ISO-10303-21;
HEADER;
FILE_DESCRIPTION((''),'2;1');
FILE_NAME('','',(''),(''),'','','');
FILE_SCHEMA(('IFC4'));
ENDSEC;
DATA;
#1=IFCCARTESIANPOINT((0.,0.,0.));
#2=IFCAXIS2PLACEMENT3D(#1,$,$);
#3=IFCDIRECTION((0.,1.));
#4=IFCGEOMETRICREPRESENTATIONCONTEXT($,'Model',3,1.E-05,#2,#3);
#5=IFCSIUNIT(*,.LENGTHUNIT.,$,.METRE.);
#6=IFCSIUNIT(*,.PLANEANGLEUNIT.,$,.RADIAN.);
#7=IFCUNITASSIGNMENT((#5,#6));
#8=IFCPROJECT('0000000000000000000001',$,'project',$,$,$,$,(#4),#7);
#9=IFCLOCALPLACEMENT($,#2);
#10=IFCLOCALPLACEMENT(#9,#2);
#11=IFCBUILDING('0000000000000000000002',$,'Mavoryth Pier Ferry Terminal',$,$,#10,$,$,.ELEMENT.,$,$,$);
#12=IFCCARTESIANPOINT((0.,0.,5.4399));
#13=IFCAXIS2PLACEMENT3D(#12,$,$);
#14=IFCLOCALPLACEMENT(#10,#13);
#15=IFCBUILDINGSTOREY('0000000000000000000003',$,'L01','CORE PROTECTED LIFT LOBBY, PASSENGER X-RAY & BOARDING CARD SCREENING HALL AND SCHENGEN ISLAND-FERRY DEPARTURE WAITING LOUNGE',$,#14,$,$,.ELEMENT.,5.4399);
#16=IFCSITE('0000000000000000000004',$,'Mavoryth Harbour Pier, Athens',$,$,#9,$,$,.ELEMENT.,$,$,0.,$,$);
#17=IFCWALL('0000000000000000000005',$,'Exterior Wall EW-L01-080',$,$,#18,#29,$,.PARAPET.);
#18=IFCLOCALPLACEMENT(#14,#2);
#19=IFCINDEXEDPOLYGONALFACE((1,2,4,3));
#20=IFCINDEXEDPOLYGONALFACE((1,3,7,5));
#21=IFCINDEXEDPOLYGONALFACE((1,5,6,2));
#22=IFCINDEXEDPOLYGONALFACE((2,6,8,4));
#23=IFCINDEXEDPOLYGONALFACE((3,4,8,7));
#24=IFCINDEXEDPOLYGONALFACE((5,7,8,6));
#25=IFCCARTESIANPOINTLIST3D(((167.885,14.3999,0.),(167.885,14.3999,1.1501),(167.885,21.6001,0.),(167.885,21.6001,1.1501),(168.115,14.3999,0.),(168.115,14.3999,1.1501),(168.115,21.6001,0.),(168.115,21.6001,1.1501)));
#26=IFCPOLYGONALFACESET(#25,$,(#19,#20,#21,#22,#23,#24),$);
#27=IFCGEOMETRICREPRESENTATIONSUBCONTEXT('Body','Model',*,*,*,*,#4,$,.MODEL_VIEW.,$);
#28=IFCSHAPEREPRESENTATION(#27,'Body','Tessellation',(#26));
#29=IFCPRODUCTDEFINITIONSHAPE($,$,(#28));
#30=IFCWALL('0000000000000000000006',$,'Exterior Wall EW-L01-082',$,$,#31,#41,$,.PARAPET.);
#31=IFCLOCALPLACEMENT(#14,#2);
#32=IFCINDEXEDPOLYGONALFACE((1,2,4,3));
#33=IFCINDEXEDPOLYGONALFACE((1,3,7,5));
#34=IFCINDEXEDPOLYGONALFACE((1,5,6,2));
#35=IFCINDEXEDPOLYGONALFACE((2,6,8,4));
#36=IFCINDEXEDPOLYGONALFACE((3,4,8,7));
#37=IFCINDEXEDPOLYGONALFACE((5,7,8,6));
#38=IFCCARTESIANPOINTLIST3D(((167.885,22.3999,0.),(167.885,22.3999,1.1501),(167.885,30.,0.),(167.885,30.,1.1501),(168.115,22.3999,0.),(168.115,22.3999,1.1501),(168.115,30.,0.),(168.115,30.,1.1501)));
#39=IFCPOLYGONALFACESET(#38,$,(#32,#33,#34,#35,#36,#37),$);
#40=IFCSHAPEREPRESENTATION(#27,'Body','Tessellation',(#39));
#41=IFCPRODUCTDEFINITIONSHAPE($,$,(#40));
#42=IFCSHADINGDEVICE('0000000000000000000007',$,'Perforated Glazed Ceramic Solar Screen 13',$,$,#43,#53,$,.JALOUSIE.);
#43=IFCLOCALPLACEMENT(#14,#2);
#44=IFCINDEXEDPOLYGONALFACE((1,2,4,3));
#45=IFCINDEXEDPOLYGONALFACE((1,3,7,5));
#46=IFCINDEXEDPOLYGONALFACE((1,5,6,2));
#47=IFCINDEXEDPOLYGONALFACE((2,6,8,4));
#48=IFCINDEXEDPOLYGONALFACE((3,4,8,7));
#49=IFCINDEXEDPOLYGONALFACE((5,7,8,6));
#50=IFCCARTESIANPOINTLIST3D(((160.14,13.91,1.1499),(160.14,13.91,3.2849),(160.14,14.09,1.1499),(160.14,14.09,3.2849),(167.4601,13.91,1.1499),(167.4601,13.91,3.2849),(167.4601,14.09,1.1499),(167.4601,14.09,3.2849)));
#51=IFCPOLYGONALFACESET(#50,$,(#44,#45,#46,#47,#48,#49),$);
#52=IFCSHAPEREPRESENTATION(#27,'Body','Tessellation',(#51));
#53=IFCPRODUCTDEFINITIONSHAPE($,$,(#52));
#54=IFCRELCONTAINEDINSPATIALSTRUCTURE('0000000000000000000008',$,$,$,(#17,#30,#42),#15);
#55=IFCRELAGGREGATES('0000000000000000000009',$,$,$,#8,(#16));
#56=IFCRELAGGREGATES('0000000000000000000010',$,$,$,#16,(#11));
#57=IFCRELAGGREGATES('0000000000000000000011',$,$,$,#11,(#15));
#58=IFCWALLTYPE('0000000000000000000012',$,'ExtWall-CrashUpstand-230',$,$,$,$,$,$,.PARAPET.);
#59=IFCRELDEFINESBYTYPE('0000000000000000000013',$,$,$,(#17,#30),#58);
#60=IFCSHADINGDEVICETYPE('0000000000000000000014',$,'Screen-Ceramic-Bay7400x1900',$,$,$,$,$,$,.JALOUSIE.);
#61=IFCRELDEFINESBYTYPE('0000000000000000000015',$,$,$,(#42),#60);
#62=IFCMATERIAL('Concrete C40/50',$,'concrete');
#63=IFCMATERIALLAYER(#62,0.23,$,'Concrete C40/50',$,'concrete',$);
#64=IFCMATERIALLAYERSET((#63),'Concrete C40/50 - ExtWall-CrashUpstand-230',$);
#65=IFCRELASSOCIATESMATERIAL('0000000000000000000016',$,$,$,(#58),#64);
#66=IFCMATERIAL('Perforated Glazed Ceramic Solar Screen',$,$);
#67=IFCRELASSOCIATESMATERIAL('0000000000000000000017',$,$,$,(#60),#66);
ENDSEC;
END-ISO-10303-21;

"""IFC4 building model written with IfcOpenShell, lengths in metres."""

from ifc_helpers import new_model, si_unit, direction, frame, frame_2d, origin, origin_2d, place, context, subcontext, project, spatial, rectangle, extrude, material, layer, layer_set, type_object, element, save


model = new_model("IFC4")

# Units and contexts
model_context = context("Model", 3, precision=1e-05, world=origin(), true_north=direction((0.0, 1.0)))
body_context = subcontext(model_context, "Body", "Model", "MODEL_VIEW")
ifc_project = project(units=[si_unit("LENGTHUNIT", "METRE"), si_unit("PLANEANGLEUNIT", "RADIAN")], contexts=[model_context])

# Site, building, storey
site_placement = place(None, origin())
site = spatial("IfcSite", under=ifc_project, at=site_placement, Name="Mavoryth Harbour Pier, Athens", CompositionType="ELEMENT", RefElevation=0.0)
building_placement = place(site_placement, origin())
building = spatial("IfcBuilding", under=site, at=building_placement, Name="Mavoryth Pier Ferry Terminal", CompositionType="ELEMENT")
storey_placement = place(building_placement, frame((0.0, 0.0, 5.4399)))
storey = spatial("IfcBuildingStorey", under=building, at=storey_placement, Name="L01", Description="CORE PROTECTED LIFT LOBBY, PASSENGER X-RAY & BOARDING CARD SCREENING HALL AND SCHENGEN ISLAND-FERRY DEPARTURE WAITING LOUNGE", CompositionType="ELEMENT", Elevation=5.4399)

# Shared definitions
ifc_material_1 = material(Name="Concrete C40/50", Category="concrete")

# Walls
ifc_layer_1 = layer(ifc_material_1, 0.23, Name="Concrete C40/50", Category="concrete")
ifc_layer_set_1 = layer_set([ifc_layer_1], Name="Concrete C40/50 - ExtWall-CrashUpstand-230")
wall_type = type_object("IfcWallType", Name="ExtWall-CrashUpstand-230", PredefinedType="PARAPET", material=ifc_layer_set_1)
wall_1_placement = place(storey_placement, frame((168.0, 14.3999, 0.0), z_axis=(0.0, 0.0, 1.0), x_axis=(0.0, 1.0, 0.0)))
element("IfcWall", 1, at=wall_1_placement, inside=storey, type_object=wall_type, Name="Exterior Wall EW-L01-080", PredefinedType="PARAPET", context=body_context, shape_type="SweptSolid", body=[
    extrude(rectangle(XDim=7.2002, YDim=0.23, at=frame_2d((3.6001, 0.0))), origin(), (0.0, 0.0, 1.0), 1.1501),
])
wall_2_placement = place(storey_placement, frame((168.0, 22.3999, 0.0), z_axis=(0.0, 0.0, 1.0), x_axis=(0.0, 1.0, 0.0)))
element("IfcWall", 2, at=wall_2_placement, inside=storey, type_object=wall_type, Name="Exterior Wall EW-L01-082", PredefinedType="PARAPET", context=body_context, shape_type="SweptSolid", body=[
    extrude(rectangle(XDim=7.6001, YDim=0.23, at=frame_2d((3.8, 0.0))), origin(), (0.0, 0.0, 1.0), 1.1501),
])

# Shading device
ifc_material_2 = material(Name="Perforated Glazed Ceramic Solar Screen")
shading_device_type = type_object("IfcShadingDeviceType", Name="Screen-Ceramic-Bay7400x1900", PredefinedType="JALOUSIE", material=ifc_material_2)
shading_device_placement = place(storey_placement, frame((163.8, 14.0, 1.1499), z_axis=(0.0, 0.0, 1.0), x_axis=(1.0, 0.0, 0.0)))
element("IfcShadingDevice", 3, at=shading_device_placement, inside=storey, type_object=shading_device_type, Name="Perforated Glazed Ceramic Solar Screen 13", PredefinedType="JALOUSIE", context=body_context, shape_type="SweptSolid", body=[
    extrude(rectangle(XDim=7.3201, YDim=0.1799, at=origin_2d()), origin(), (0.0, 0.0, 1.0), 2.135),
])

save(model, "model.ifc")
